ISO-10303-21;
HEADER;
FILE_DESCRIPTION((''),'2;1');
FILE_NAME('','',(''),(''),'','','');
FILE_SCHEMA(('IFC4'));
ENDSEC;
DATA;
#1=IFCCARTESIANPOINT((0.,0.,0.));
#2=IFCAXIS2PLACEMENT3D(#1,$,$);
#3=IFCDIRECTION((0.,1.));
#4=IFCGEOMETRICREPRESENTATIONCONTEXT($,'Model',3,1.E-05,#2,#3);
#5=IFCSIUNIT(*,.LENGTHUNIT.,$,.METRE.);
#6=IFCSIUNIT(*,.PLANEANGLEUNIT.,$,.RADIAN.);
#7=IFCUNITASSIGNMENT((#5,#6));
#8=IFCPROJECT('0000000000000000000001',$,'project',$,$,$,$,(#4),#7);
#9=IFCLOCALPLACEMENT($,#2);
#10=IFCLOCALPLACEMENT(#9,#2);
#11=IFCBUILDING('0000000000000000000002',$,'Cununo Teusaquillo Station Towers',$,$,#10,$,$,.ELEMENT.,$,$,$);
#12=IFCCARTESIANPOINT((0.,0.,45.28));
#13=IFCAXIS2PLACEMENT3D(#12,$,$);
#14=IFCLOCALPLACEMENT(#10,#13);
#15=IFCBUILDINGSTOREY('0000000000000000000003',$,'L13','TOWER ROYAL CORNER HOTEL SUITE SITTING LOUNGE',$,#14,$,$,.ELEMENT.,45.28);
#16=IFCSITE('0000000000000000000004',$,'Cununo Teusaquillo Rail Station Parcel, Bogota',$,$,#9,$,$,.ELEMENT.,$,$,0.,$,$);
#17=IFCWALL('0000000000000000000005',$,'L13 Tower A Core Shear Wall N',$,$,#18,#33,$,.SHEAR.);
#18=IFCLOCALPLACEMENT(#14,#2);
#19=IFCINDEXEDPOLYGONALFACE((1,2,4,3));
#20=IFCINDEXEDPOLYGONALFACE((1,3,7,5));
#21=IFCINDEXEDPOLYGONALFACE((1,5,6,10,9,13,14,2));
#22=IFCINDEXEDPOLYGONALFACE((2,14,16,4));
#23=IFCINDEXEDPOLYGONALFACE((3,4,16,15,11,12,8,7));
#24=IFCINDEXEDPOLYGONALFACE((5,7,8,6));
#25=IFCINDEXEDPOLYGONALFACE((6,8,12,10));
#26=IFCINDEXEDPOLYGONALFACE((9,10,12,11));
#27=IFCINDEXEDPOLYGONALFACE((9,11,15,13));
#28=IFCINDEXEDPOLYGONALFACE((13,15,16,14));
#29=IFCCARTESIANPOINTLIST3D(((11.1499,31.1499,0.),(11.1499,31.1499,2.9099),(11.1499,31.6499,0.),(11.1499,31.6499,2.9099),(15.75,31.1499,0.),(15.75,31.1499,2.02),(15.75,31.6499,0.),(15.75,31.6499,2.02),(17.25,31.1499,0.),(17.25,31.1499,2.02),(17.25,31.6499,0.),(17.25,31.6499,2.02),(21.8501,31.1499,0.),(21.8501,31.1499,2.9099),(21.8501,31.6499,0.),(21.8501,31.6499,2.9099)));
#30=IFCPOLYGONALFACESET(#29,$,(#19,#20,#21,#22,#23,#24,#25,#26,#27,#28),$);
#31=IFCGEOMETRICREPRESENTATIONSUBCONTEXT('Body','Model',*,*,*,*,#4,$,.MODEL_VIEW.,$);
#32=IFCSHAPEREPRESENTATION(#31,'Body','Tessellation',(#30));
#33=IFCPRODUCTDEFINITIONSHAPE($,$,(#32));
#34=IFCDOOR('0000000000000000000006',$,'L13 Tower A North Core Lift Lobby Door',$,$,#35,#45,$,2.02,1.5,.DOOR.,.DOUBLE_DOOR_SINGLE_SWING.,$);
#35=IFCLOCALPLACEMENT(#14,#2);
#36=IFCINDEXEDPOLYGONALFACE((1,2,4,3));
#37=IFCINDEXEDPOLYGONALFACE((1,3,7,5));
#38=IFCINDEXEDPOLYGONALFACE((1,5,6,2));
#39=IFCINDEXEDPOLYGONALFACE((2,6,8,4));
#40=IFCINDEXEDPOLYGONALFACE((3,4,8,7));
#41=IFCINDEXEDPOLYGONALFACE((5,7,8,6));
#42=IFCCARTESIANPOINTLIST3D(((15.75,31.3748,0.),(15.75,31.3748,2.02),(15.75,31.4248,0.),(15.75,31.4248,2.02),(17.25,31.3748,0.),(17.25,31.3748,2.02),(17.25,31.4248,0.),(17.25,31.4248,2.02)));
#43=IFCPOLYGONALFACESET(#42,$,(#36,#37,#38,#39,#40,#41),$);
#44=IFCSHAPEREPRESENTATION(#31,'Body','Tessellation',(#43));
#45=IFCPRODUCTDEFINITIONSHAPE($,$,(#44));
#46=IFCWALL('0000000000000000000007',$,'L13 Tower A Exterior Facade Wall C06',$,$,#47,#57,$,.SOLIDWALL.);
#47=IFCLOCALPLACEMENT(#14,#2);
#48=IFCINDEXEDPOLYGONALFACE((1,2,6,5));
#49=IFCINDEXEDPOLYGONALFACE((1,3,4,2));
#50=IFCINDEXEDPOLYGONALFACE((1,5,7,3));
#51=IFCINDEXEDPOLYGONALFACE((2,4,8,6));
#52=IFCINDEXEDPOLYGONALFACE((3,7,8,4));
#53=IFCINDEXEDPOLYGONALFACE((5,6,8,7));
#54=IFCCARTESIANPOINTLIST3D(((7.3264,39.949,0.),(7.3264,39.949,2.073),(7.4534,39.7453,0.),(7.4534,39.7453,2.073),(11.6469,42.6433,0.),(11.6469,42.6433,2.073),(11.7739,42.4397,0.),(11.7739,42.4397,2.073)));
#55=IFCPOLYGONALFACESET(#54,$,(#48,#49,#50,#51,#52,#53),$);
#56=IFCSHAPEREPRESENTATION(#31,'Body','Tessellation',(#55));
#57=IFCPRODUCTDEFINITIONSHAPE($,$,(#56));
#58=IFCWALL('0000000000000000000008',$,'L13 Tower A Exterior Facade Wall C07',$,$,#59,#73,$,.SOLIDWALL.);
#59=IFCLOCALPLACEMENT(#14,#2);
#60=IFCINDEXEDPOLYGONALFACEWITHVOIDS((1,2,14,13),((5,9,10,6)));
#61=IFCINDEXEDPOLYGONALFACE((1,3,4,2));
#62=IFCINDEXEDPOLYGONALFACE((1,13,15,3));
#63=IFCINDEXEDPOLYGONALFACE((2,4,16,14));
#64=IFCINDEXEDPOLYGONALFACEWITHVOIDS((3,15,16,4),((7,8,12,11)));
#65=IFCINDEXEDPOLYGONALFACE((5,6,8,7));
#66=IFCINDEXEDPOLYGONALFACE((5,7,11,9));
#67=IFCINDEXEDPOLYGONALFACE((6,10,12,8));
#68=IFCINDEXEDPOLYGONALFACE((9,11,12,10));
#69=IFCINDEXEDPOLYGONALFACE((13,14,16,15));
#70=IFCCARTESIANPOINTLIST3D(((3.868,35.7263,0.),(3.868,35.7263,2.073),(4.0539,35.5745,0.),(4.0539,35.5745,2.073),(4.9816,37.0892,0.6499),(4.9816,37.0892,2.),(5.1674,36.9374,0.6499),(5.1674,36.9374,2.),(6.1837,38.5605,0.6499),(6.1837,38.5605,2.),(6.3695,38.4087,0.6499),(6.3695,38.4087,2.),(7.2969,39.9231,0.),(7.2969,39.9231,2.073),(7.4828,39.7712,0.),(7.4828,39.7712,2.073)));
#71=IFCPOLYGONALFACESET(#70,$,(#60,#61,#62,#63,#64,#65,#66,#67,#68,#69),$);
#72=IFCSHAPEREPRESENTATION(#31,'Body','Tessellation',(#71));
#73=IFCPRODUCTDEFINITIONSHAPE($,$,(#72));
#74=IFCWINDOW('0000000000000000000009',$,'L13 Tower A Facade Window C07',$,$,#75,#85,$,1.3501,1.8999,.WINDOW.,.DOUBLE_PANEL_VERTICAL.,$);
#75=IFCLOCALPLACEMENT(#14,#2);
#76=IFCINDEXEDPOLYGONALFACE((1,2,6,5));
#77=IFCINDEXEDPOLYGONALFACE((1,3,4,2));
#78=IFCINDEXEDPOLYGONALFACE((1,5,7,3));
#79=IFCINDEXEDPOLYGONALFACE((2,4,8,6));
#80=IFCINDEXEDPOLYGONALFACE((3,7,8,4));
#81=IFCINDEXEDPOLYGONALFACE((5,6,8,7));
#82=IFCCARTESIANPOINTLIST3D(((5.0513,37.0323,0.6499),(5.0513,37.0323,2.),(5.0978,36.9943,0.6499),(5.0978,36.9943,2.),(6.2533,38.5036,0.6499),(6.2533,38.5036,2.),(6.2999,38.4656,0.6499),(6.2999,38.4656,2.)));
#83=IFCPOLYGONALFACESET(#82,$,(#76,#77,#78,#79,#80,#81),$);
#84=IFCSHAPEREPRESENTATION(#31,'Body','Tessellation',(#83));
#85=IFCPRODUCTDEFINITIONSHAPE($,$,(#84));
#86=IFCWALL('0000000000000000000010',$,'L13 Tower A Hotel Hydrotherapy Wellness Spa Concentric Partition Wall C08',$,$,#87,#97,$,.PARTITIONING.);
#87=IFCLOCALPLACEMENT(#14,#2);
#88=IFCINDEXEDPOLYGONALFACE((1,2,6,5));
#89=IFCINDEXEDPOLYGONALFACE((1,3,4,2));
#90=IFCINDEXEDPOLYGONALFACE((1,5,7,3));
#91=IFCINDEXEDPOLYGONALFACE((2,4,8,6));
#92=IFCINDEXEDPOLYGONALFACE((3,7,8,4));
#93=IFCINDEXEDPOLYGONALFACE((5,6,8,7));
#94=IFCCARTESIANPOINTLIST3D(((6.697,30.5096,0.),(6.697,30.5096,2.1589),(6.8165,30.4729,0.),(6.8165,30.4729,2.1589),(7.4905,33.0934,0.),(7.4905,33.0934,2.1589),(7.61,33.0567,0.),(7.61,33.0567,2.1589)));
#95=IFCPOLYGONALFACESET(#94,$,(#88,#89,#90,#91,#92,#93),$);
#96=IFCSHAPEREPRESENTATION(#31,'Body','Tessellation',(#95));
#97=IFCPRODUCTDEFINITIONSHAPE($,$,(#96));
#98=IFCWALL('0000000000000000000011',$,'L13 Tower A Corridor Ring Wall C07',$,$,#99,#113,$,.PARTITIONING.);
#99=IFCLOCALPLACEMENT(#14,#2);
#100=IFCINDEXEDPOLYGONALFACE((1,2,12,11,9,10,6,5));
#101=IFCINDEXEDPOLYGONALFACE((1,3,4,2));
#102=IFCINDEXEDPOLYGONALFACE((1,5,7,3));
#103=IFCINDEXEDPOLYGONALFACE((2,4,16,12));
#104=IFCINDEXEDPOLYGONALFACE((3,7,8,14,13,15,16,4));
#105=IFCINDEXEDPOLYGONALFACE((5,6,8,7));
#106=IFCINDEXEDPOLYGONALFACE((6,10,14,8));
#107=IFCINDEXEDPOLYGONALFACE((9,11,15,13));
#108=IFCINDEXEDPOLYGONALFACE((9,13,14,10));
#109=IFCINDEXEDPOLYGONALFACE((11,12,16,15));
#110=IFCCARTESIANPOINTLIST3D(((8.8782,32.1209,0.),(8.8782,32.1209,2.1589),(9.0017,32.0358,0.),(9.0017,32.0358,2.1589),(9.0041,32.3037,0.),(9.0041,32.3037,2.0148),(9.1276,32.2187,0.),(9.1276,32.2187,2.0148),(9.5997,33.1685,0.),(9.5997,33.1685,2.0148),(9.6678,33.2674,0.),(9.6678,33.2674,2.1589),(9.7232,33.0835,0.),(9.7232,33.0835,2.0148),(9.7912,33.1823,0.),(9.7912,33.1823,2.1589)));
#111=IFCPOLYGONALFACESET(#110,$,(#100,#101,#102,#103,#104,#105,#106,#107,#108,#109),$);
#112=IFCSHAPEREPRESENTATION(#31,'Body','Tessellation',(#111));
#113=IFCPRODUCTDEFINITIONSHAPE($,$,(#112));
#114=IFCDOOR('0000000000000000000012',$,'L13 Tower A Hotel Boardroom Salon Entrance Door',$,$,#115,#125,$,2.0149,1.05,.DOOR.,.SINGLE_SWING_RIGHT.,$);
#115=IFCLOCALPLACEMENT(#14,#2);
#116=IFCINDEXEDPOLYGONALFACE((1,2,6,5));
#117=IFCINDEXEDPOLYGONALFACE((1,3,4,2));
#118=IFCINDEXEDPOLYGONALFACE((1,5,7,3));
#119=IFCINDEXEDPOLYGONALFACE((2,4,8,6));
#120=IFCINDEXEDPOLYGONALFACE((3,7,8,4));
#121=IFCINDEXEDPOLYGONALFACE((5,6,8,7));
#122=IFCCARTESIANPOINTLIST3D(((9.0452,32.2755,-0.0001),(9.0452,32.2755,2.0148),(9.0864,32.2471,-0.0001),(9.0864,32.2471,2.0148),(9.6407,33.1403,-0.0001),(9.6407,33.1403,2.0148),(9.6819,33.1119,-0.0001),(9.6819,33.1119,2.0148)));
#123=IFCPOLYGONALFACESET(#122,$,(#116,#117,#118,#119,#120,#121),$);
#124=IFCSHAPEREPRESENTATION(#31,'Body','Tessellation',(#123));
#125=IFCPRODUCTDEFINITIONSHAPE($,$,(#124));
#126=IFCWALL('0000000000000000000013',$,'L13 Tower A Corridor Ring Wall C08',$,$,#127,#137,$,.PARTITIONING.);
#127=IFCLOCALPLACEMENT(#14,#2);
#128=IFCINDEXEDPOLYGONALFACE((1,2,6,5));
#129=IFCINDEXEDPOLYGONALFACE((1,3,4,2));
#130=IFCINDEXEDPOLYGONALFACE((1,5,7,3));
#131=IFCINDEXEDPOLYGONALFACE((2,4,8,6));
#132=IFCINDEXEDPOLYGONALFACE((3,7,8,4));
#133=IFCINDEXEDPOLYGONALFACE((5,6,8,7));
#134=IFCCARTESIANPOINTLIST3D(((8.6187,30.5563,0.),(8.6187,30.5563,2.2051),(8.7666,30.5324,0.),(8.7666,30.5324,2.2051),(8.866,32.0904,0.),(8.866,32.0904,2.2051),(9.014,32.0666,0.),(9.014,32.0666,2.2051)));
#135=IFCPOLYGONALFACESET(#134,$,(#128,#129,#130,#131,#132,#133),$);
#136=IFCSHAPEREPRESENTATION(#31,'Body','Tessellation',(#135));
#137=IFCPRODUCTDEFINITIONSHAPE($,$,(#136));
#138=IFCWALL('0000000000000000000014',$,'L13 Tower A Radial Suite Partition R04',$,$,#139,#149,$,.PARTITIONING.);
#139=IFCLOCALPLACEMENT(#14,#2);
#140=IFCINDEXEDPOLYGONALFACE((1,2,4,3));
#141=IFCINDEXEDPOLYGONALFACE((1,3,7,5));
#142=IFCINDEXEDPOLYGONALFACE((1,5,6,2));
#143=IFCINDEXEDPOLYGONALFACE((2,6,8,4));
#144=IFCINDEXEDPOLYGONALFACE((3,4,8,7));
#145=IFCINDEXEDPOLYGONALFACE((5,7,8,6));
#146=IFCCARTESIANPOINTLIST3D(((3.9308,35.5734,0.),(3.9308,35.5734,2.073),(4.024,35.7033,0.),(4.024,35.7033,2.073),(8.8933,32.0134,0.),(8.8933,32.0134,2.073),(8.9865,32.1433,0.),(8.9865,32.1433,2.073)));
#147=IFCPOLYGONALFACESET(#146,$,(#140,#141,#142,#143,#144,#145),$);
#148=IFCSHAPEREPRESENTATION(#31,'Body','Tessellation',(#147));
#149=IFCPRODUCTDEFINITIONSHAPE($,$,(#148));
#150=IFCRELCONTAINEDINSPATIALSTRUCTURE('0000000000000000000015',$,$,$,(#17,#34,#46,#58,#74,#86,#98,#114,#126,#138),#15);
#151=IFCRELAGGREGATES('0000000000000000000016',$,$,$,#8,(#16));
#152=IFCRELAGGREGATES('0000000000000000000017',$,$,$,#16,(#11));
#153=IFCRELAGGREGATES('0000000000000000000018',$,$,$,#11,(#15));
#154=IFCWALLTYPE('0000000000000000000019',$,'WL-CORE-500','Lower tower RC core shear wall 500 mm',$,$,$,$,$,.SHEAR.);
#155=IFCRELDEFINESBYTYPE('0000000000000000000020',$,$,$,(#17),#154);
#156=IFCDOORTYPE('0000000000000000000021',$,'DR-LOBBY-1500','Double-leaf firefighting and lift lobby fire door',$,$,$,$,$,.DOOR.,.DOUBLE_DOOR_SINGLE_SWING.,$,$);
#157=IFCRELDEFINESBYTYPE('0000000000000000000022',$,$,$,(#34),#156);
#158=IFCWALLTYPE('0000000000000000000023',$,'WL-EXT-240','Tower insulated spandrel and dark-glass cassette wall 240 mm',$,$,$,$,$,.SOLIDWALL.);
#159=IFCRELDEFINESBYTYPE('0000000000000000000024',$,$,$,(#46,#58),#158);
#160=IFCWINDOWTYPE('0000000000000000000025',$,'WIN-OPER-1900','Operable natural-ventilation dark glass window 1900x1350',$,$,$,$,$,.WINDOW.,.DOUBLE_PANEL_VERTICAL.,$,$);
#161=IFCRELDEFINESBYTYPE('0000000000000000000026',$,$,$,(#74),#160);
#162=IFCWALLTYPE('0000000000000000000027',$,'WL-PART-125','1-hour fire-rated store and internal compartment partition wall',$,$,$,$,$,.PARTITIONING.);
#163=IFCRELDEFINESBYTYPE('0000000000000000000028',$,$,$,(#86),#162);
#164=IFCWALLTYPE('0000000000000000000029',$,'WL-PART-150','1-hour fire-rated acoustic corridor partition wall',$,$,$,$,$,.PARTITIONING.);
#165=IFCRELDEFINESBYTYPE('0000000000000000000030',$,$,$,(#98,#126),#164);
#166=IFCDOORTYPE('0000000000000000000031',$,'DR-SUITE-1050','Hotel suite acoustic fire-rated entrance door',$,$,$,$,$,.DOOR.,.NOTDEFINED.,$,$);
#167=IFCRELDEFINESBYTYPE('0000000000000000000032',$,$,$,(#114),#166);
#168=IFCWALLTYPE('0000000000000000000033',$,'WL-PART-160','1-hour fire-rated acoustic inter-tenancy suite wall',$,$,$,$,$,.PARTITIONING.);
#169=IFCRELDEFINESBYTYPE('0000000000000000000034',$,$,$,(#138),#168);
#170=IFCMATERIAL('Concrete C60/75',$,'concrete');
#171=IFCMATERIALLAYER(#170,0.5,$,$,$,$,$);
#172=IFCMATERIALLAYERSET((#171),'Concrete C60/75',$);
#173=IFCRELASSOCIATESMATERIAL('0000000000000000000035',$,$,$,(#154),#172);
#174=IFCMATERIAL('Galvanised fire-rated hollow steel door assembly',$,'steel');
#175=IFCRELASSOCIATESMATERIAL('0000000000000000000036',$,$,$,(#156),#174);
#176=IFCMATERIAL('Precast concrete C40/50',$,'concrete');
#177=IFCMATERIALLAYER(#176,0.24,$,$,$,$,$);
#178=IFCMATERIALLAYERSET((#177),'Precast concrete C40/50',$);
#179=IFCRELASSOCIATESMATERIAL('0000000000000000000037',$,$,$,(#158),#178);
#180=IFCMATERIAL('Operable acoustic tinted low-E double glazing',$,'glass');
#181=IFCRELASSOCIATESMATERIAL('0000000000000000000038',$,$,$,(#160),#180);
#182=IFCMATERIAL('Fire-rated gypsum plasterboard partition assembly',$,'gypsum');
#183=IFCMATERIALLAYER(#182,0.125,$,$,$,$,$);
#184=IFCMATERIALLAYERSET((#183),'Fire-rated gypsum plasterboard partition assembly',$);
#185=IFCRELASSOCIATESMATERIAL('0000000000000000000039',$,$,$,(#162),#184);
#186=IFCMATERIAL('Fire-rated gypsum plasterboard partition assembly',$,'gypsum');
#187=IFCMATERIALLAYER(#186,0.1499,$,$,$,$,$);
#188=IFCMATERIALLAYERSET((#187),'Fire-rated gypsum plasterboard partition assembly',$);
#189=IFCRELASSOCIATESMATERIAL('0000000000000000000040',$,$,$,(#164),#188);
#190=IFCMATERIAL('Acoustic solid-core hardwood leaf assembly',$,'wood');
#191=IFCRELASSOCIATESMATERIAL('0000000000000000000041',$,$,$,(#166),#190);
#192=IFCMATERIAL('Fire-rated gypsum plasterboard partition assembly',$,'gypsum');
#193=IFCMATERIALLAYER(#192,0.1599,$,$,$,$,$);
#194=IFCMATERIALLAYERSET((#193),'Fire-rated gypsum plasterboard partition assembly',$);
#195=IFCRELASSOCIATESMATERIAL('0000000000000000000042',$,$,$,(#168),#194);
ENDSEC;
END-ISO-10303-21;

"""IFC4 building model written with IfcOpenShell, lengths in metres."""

from ifc_helpers import new_model, si_unit, direction, frame, frame_2d, origin, place, context, subcontext, project, spatial, rectangle, extrude, source, transform, mapped, material, layer, layer_set, type_object, element, fill, save


model = new_model("IFC4")

# Units and contexts
model_context = context("Model", 3, precision=1e-05, world=origin(), true_north=direction((0.0, 1.0)))
body_context = subcontext(model_context, "Body", "Model", "MODEL_VIEW")
ifc_project = project(units=[si_unit("LENGTHUNIT", "METRE"), si_unit("PLANEANGLEUNIT", "RADIAN")], contexts=[model_context])

# Site, building, storey
site_placement = place(None, origin())
site = spatial("IfcSite", under=ifc_project, at=site_placement, Name="Cununo Teusaquillo Rail Station Parcel, Bogota", CompositionType="ELEMENT", RefElevation=0.0)
building_placement = place(site_placement, origin())
building = spatial("IfcBuilding", under=site, at=building_placement, Name="Cununo Teusaquillo Station Towers", CompositionType="ELEMENT")
storey_placement = place(building_placement, frame((0.0, 0.0, 45.28)))
storey = spatial("IfcBuildingStorey", under=building, at=storey_placement, Name="L13", Description="TOWER ROYAL CORNER HOTEL SUITE SITTING LOUNGE", CompositionType="ELEMENT", Elevation=45.28)

# Wall, opening, door
ifc_material_1 = material(Name="Concrete C60/75", Category="concrete")
ifc_layer_1 = layer(ifc_material_1, 0.5)
ifc_layer_set_1 = layer_set([ifc_layer_1], Name="Concrete C60/75")
wall_type_1 = type_object("IfcWallType", Name="WL-CORE-500", Description="Lower tower RC core shear wall 500 mm", PredefinedType="SHEAR", material=ifc_layer_set_1)
wall_1_placement = place(storey_placement, frame((11.1499, 31.3999, 0.0), z_axis=(0.0, 0.0, 1.0), x_axis=(1.0, 0.0, 0.0)))
wall_1 = element("IfcWall", 1, at=wall_1_placement, inside=storey, type_object=wall_type_1, Name="L13 Tower A Core Shear Wall N", PredefinedType="SHEAR", context=body_context, shape_type="SweptSolid", body=[
    extrude(rectangle(XDim=10.7002, YDim=0.5, at=frame_2d((5.3501, 0.0))), origin(), (0.0, 0.0, 1.0), 2.9099),
])
shared_shape_1 = source(origin(), body_context, "Body", "SweptSolid", [
    extrude(rectangle(XDim=1.5, YDim=2.02, at=frame_2d((0.75, 1.01))), frame((0.0, 0.26, 0.0), z_axis=(0.0, -1.0, 0.0), x_axis=(1.0, 0.0, 0.0)), (0.0, 0.0, 1.0), 0.52),
])
opening_1_placement = place(wall_1_placement, frame((4.6001, 0.0, 0.0)))
opening_1 = element("IfcOpeningElement", 2, at=opening_1_placement, cuts=wall_1, PredefinedType="OPENING", context=body_context, shape_type="MappedRepresentation", body=[
    mapped(shared_shape_1, transform((0.0, 0.0, 0.0), x_axis=(1.0, 0.0, 0.0), y_axis=(0.0, 1.0, 0.0), z_axis=(0.0, 0.0, 1.0), scale=1.0)),
])
ifc_material_2 = material(Name="Galvanised fire-rated hollow steel door assembly", Category="steel")
door_type_1 = type_object("IfcDoorType", Name="DR-LOBBY-1500", Description="Double-leaf firefighting and lift lobby fire door", OperationType="DOUBLE_DOOR_SINGLE_SWING", PredefinedType="DOOR", material=ifc_material_2)
shared_shape_2 = source(origin(), body_context, "Body", "SweptSolid", [
    extrude(rectangle(XDim=1.5, YDim=2.02, at=frame_2d((0.75, 1.01))), frame((0.0, 0.0249, 0.0), z_axis=(0.0, -1.0, 0.0), x_axis=(1.0, 0.0, 0.0)), (0.0, 0.0, 1.0), 0.05),
])
door_1_placement = place(opening_1_placement, origin())
door_1 = element("IfcDoor", 3, at=door_1_placement, inside=storey, type_object=door_type_1, Name="L13 Tower A North Core Lift Lobby Door", OperationType="DOUBLE_DOOR_SINGLE_SWING", OverallHeight=2.02, OverallWidth=1.5, PredefinedType="DOOR", context=body_context, shape_type="MappedRepresentation", body=[
    mapped(shared_shape_2, transform((0.0, 0.0, 0.0), x_axis=(1.0, 0.0, 0.0), y_axis=(0.0, 1.0, 0.0), z_axis=(0.0, 0.0, 1.0), scale=1.0)),
])
fill(opening_1, door_1)

# Wall
ifc_material_3 = material(Name="Precast concrete C40/50", Category="concrete")
ifc_layer_2 = layer(ifc_material_3, 0.24)
ifc_layer_set_2 = layer_set([ifc_layer_2], Name="Precast concrete C40/50")
wall_type_2 = type_object("IfcWallType", Name="WL-EXT-240", Description="Tower insulated spandrel and dark-glass cassette wall 240 mm", PredefinedType="SOLIDWALL", material=ifc_layer_set_2)
wall_2_placement = place(storey_placement, frame((7.3899, 39.8472, 0.0), z_axis=(0.0, 0.0, 1.0), x_axis=(0.848529, 0.52915, 0.0)))
element("IfcWall", 4, at=wall_2_placement, inside=storey, type_object=wall_type_2, Name="L13 Tower A Exterior Facade Wall C06", PredefinedType="SOLIDWALL", context=body_context, shape_type="SweptSolid", body=[
    extrude(rectangle(XDim=5.0918, YDim=0.24, at=frame_2d((2.5459, 0.0))), origin(), (0.0, 0.0, 1.0), 2.073),
])

# Wall, opening, window
wall_3_placement = place(storey_placement, frame((3.9609, 35.6504, 0.0), z_axis=(0.0, 0.0, 1.0), x_axis=(0.63271, 0.774389, 0.0)))
wall_3 = element("IfcWall", 5, at=wall_3_placement, inside=storey, type_object=wall_type_2, Name="L13 Tower A Exterior Facade Wall C07", PredefinedType="SOLIDWALL", context=body_context, shape_type="SweptSolid", body=[
    extrude(rectangle(XDim=5.4194, YDim=0.24, at=frame_2d((2.7097, 0.0))), origin(), (0.0, 0.0, 1.0), 2.073),
])
shared_shape_3 = source(origin(), body_context, "Body", "SweptSolid", [
    extrude(rectangle(XDim=1.8999, YDim=1.3501, at=frame_2d((0.95, 0.675))), frame((0.0, 0.1299, 0.0), z_axis=(0.0, -1.0, 0.0), x_axis=(1.0, 0.0, 0.0)), (0.0, 0.0, 1.0), 0.26),
])
opening_2_placement = place(wall_3_placement, frame((1.76, 0.0, 0.6499)))
opening_2 = element("IfcOpeningElement", 6, at=opening_2_placement, cuts=wall_3, PredefinedType="OPENING", context=body_context, shape_type="MappedRepresentation", body=[
    mapped(shared_shape_3, transform((0.0, 0.0, 0.0), x_axis=(1.0, 0.0, 0.0), y_axis=(0.0, 1.0, 0.0), z_axis=(0.0, 0.0, 1.0), scale=1.0)),
])
ifc_material_4 = material(Name="Operable acoustic tinted low-E double glazing", Category="glass")
window_type = type_object("IfcWindowType", Name="WIN-OPER-1900", Description="Operable natural-ventilation dark glass window 1900x1350", PartitioningType="DOUBLE_PANEL_VERTICAL", PredefinedType="WINDOW", material=ifc_material_4)
shared_shape_4 = source(origin(), body_context, "Body", "SweptSolid", [
    extrude(rectangle(XDim=1.8999, YDim=1.3501, at=frame_2d((0.95, 0.675))), frame((0.0, 0.03, 0.0), z_axis=(0.0, -1.0, 0.0), x_axis=(1.0, 0.0, 0.0)), (0.0, 0.0, 1.0), 0.0601),
])
window_placement = place(opening_2_placement, origin())
window = element("IfcWindow", 7, at=window_placement, inside=storey, type_object=window_type, Name="L13 Tower A Facade Window C07", OverallHeight=1.3501, OverallWidth=1.8999, PartitioningType="DOUBLE_PANEL_VERTICAL", PredefinedType="WINDOW", context=body_context, shape_type="MappedRepresentation", body=[
    mapped(shared_shape_4, transform((0.0, 0.0, 0.0), x_axis=(1.0, 0.0, 0.0), y_axis=(0.0, 1.0, 0.0), z_axis=(0.0, 0.0, 1.0), scale=1.0)),
])
fill(opening_2, window)

# Wall
ifc_material_5 = material(Name="Fire-rated gypsum plasterboard partition assembly", Category="gypsum")
ifc_layer_3 = layer(ifc_material_5, 0.125)
ifc_layer_set_3 = layer_set([ifc_layer_3], Name="Fire-rated gypsum plasterboard partition assembly")
wall_type_3 = type_object("IfcWallType", Name="WL-PART-125", Description="1-hour fire-rated store and internal compartment partition wall", PredefinedType="PARTITIONING", material=ifc_layer_set_3)
wall_4_placement = place(storey_placement, frame((7.5503, 33.0752, 0.0), z_axis=(0.0, 0.0, 1.0), x_axis=(-0.293565, -0.955939, 0.0)))
element("IfcWall", 8, at=wall_4_placement, inside=storey, type_object=wall_type_3, Name="L13 Tower A Hotel Hydrotherapy Wellness Spa Concentric Partition Wall C08", PredefinedType="PARTITIONING", context=body_context, shape_type="SweptSolid", body=[
    extrude(rectangle(XDim=2.7029, YDim=0.125, at=frame_2d((1.3516, 0.0))), origin(), (0.0, 0.0, 1.0), 2.1589),
])

# Wall, opening, door
ifc_material_6 = material(Name="Fire-rated gypsum plasterboard partition assembly", Category="gypsum")
ifc_layer_4 = layer(ifc_material_6, 0.1499)
ifc_layer_set_4 = layer_set([ifc_layer_4], Name="Fire-rated gypsum plasterboard partition assembly")
wall_type_4 = type_object("IfcWallType", Name="WL-PART-150", Description="1-hour fire-rated acoustic corridor partition wall", PredefinedType="PARTITIONING", material=ifc_layer_set_4)
wall_5_placement = place(storey_placement, frame((9.7295, 33.2249, 0.0), z_axis=(0.0, 0.0, 1.0), x_axis=(-0.567184, -0.823591, 0.0)))
wall_5 = element("IfcWall", 9, at=wall_5_placement, inside=storey, type_object=wall_type_4, Name="L13 Tower A Corridor Ring Wall C07", PredefinedType="PARTITIONING", context=body_context, shape_type="SweptSolid", body=[
    extrude(rectangle(XDim=1.3921, YDim=0.1499, at=frame_2d((0.696, 0.0))), origin(), (0.0, 0.0, 1.0), 2.1589),
])
shared_shape_5 = source(origin(), body_context, "Body", "SweptSolid", [
    extrude(rectangle(XDim=1.05, YDim=2.0149, at=frame_2d((0.5249, 1.0073))), frame((0.0, 0.085, 0.0), z_axis=(0.0, -1.0, 0.0), x_axis=(1.0, 0.0, 0.0)), (0.0, 0.0, 1.0), 0.1699),
])
opening_3_placement = place(wall_5_placement, frame((0.1201, 0.0, 0.0)))
opening_3 = element("IfcOpeningElement", 10, at=opening_3_placement, cuts=wall_5, PredefinedType="OPENING", context=body_context, shape_type="MappedRepresentation", body=[
    mapped(shared_shape_5, transform((0.0, 0.0, 0.0), x_axis=(1.0, 0.0, 0.0), y_axis=(0.0, 1.0, 0.0), z_axis=(0.0, 0.0, 1.0), scale=1.0)),
])
ifc_material_7 = material(Name="Acoustic solid-core hardwood leaf assembly", Category="wood")
door_type_2 = type_object("IfcDoorType", Name="DR-SUITE-1050", Description="Hotel suite acoustic fire-rated entrance door", OperationType="NOTDEFINED", PredefinedType="DOOR", material=ifc_material_7)
shared_shape_6 = source(origin(), body_context, "Body", "SweptSolid", [
    extrude(rectangle(XDim=1.05, YDim=2.0149, at=frame_2d((0.5249, 1.0073))), frame((0.0, 0.0249, 0.0), z_axis=(0.0, -1.0, 0.0), x_axis=(1.0, 0.0, 0.0)), (0.0, 0.0, 1.0), 0.05),
])
door_2_placement = place(opening_3_placement, origin())
door_2 = element("IfcDoor", 11, at=door_2_placement, inside=storey, type_object=door_type_2, Name="L13 Tower A Hotel Boardroom Salon Entrance Door", OperationType="SINGLE_SWING_RIGHT", OverallHeight=2.0149, OverallWidth=1.05, PredefinedType="DOOR", context=body_context, shape_type="MappedRepresentation", body=[
    mapped(shared_shape_6, transform((0.0, 0.0, 0.0), x_axis=(1.0, 0.0, 0.0), y_axis=(0.0, 1.0, 0.0), z_axis=(0.0, 0.0, 1.0), scale=1.0)),
])
fill(opening_3, door_2)

# Walls
wall_6_placement = place(storey_placement, frame((8.9399, 32.0784, 0.0), z_axis=(0.0, 0.0, 1.0), x_axis=(-0.159148, -0.987255, 0.0)))
element("IfcWall", 12, at=wall_6_placement, inside=storey, type_object=wall_type_4, Name="L13 Tower A Corridor Ring Wall C08", PredefinedType="PARTITIONING", context=body_context, shape_type="SweptSolid", body=[
    extrude(rectangle(XDim=1.554, YDim=0.1499, at=frame_2d((0.7769, 0.0))), origin(), (0.0, 0.0, 1.0), 2.2051),
])
ifc_material_8 = material(Name="Fire-rated gypsum plasterboard partition assembly", Category="gypsum")
ifc_layer_5 = layer(ifc_material_8, 0.1599)
ifc_layer_set_5 = layer_set([ifc_layer_5], Name="Fire-rated gypsum plasterboard partition assembly")
wall_type_5 = type_object("IfcWallType", Name="WL-PART-160", Description="1-hour fire-rated acoustic inter-tenancy suite wall", PredefinedType="PARTITIONING", material=ifc_layer_set_5)
wall_7_placement = place(storey_placement, frame((8.9399, 32.0784, 0.0), z_axis=(0.0, 0.0, 1.0), x_axis=(-0.812546, 0.582897, 0.0)))
element("IfcWall", 13, at=wall_7_placement, inside=storey, type_object=wall_type_5, Name="L13 Tower A Radial Suite Partition R04", PredefinedType="PARTITIONING", context=body_context, shape_type="SweptSolid", body=[
    extrude(rectangle(XDim=6.1074, YDim=0.1599, at=frame_2d((3.0537, 0.0))), origin(), (0.0, 0.0, 1.0), 2.073),
])

save(model, "model.ifc")
